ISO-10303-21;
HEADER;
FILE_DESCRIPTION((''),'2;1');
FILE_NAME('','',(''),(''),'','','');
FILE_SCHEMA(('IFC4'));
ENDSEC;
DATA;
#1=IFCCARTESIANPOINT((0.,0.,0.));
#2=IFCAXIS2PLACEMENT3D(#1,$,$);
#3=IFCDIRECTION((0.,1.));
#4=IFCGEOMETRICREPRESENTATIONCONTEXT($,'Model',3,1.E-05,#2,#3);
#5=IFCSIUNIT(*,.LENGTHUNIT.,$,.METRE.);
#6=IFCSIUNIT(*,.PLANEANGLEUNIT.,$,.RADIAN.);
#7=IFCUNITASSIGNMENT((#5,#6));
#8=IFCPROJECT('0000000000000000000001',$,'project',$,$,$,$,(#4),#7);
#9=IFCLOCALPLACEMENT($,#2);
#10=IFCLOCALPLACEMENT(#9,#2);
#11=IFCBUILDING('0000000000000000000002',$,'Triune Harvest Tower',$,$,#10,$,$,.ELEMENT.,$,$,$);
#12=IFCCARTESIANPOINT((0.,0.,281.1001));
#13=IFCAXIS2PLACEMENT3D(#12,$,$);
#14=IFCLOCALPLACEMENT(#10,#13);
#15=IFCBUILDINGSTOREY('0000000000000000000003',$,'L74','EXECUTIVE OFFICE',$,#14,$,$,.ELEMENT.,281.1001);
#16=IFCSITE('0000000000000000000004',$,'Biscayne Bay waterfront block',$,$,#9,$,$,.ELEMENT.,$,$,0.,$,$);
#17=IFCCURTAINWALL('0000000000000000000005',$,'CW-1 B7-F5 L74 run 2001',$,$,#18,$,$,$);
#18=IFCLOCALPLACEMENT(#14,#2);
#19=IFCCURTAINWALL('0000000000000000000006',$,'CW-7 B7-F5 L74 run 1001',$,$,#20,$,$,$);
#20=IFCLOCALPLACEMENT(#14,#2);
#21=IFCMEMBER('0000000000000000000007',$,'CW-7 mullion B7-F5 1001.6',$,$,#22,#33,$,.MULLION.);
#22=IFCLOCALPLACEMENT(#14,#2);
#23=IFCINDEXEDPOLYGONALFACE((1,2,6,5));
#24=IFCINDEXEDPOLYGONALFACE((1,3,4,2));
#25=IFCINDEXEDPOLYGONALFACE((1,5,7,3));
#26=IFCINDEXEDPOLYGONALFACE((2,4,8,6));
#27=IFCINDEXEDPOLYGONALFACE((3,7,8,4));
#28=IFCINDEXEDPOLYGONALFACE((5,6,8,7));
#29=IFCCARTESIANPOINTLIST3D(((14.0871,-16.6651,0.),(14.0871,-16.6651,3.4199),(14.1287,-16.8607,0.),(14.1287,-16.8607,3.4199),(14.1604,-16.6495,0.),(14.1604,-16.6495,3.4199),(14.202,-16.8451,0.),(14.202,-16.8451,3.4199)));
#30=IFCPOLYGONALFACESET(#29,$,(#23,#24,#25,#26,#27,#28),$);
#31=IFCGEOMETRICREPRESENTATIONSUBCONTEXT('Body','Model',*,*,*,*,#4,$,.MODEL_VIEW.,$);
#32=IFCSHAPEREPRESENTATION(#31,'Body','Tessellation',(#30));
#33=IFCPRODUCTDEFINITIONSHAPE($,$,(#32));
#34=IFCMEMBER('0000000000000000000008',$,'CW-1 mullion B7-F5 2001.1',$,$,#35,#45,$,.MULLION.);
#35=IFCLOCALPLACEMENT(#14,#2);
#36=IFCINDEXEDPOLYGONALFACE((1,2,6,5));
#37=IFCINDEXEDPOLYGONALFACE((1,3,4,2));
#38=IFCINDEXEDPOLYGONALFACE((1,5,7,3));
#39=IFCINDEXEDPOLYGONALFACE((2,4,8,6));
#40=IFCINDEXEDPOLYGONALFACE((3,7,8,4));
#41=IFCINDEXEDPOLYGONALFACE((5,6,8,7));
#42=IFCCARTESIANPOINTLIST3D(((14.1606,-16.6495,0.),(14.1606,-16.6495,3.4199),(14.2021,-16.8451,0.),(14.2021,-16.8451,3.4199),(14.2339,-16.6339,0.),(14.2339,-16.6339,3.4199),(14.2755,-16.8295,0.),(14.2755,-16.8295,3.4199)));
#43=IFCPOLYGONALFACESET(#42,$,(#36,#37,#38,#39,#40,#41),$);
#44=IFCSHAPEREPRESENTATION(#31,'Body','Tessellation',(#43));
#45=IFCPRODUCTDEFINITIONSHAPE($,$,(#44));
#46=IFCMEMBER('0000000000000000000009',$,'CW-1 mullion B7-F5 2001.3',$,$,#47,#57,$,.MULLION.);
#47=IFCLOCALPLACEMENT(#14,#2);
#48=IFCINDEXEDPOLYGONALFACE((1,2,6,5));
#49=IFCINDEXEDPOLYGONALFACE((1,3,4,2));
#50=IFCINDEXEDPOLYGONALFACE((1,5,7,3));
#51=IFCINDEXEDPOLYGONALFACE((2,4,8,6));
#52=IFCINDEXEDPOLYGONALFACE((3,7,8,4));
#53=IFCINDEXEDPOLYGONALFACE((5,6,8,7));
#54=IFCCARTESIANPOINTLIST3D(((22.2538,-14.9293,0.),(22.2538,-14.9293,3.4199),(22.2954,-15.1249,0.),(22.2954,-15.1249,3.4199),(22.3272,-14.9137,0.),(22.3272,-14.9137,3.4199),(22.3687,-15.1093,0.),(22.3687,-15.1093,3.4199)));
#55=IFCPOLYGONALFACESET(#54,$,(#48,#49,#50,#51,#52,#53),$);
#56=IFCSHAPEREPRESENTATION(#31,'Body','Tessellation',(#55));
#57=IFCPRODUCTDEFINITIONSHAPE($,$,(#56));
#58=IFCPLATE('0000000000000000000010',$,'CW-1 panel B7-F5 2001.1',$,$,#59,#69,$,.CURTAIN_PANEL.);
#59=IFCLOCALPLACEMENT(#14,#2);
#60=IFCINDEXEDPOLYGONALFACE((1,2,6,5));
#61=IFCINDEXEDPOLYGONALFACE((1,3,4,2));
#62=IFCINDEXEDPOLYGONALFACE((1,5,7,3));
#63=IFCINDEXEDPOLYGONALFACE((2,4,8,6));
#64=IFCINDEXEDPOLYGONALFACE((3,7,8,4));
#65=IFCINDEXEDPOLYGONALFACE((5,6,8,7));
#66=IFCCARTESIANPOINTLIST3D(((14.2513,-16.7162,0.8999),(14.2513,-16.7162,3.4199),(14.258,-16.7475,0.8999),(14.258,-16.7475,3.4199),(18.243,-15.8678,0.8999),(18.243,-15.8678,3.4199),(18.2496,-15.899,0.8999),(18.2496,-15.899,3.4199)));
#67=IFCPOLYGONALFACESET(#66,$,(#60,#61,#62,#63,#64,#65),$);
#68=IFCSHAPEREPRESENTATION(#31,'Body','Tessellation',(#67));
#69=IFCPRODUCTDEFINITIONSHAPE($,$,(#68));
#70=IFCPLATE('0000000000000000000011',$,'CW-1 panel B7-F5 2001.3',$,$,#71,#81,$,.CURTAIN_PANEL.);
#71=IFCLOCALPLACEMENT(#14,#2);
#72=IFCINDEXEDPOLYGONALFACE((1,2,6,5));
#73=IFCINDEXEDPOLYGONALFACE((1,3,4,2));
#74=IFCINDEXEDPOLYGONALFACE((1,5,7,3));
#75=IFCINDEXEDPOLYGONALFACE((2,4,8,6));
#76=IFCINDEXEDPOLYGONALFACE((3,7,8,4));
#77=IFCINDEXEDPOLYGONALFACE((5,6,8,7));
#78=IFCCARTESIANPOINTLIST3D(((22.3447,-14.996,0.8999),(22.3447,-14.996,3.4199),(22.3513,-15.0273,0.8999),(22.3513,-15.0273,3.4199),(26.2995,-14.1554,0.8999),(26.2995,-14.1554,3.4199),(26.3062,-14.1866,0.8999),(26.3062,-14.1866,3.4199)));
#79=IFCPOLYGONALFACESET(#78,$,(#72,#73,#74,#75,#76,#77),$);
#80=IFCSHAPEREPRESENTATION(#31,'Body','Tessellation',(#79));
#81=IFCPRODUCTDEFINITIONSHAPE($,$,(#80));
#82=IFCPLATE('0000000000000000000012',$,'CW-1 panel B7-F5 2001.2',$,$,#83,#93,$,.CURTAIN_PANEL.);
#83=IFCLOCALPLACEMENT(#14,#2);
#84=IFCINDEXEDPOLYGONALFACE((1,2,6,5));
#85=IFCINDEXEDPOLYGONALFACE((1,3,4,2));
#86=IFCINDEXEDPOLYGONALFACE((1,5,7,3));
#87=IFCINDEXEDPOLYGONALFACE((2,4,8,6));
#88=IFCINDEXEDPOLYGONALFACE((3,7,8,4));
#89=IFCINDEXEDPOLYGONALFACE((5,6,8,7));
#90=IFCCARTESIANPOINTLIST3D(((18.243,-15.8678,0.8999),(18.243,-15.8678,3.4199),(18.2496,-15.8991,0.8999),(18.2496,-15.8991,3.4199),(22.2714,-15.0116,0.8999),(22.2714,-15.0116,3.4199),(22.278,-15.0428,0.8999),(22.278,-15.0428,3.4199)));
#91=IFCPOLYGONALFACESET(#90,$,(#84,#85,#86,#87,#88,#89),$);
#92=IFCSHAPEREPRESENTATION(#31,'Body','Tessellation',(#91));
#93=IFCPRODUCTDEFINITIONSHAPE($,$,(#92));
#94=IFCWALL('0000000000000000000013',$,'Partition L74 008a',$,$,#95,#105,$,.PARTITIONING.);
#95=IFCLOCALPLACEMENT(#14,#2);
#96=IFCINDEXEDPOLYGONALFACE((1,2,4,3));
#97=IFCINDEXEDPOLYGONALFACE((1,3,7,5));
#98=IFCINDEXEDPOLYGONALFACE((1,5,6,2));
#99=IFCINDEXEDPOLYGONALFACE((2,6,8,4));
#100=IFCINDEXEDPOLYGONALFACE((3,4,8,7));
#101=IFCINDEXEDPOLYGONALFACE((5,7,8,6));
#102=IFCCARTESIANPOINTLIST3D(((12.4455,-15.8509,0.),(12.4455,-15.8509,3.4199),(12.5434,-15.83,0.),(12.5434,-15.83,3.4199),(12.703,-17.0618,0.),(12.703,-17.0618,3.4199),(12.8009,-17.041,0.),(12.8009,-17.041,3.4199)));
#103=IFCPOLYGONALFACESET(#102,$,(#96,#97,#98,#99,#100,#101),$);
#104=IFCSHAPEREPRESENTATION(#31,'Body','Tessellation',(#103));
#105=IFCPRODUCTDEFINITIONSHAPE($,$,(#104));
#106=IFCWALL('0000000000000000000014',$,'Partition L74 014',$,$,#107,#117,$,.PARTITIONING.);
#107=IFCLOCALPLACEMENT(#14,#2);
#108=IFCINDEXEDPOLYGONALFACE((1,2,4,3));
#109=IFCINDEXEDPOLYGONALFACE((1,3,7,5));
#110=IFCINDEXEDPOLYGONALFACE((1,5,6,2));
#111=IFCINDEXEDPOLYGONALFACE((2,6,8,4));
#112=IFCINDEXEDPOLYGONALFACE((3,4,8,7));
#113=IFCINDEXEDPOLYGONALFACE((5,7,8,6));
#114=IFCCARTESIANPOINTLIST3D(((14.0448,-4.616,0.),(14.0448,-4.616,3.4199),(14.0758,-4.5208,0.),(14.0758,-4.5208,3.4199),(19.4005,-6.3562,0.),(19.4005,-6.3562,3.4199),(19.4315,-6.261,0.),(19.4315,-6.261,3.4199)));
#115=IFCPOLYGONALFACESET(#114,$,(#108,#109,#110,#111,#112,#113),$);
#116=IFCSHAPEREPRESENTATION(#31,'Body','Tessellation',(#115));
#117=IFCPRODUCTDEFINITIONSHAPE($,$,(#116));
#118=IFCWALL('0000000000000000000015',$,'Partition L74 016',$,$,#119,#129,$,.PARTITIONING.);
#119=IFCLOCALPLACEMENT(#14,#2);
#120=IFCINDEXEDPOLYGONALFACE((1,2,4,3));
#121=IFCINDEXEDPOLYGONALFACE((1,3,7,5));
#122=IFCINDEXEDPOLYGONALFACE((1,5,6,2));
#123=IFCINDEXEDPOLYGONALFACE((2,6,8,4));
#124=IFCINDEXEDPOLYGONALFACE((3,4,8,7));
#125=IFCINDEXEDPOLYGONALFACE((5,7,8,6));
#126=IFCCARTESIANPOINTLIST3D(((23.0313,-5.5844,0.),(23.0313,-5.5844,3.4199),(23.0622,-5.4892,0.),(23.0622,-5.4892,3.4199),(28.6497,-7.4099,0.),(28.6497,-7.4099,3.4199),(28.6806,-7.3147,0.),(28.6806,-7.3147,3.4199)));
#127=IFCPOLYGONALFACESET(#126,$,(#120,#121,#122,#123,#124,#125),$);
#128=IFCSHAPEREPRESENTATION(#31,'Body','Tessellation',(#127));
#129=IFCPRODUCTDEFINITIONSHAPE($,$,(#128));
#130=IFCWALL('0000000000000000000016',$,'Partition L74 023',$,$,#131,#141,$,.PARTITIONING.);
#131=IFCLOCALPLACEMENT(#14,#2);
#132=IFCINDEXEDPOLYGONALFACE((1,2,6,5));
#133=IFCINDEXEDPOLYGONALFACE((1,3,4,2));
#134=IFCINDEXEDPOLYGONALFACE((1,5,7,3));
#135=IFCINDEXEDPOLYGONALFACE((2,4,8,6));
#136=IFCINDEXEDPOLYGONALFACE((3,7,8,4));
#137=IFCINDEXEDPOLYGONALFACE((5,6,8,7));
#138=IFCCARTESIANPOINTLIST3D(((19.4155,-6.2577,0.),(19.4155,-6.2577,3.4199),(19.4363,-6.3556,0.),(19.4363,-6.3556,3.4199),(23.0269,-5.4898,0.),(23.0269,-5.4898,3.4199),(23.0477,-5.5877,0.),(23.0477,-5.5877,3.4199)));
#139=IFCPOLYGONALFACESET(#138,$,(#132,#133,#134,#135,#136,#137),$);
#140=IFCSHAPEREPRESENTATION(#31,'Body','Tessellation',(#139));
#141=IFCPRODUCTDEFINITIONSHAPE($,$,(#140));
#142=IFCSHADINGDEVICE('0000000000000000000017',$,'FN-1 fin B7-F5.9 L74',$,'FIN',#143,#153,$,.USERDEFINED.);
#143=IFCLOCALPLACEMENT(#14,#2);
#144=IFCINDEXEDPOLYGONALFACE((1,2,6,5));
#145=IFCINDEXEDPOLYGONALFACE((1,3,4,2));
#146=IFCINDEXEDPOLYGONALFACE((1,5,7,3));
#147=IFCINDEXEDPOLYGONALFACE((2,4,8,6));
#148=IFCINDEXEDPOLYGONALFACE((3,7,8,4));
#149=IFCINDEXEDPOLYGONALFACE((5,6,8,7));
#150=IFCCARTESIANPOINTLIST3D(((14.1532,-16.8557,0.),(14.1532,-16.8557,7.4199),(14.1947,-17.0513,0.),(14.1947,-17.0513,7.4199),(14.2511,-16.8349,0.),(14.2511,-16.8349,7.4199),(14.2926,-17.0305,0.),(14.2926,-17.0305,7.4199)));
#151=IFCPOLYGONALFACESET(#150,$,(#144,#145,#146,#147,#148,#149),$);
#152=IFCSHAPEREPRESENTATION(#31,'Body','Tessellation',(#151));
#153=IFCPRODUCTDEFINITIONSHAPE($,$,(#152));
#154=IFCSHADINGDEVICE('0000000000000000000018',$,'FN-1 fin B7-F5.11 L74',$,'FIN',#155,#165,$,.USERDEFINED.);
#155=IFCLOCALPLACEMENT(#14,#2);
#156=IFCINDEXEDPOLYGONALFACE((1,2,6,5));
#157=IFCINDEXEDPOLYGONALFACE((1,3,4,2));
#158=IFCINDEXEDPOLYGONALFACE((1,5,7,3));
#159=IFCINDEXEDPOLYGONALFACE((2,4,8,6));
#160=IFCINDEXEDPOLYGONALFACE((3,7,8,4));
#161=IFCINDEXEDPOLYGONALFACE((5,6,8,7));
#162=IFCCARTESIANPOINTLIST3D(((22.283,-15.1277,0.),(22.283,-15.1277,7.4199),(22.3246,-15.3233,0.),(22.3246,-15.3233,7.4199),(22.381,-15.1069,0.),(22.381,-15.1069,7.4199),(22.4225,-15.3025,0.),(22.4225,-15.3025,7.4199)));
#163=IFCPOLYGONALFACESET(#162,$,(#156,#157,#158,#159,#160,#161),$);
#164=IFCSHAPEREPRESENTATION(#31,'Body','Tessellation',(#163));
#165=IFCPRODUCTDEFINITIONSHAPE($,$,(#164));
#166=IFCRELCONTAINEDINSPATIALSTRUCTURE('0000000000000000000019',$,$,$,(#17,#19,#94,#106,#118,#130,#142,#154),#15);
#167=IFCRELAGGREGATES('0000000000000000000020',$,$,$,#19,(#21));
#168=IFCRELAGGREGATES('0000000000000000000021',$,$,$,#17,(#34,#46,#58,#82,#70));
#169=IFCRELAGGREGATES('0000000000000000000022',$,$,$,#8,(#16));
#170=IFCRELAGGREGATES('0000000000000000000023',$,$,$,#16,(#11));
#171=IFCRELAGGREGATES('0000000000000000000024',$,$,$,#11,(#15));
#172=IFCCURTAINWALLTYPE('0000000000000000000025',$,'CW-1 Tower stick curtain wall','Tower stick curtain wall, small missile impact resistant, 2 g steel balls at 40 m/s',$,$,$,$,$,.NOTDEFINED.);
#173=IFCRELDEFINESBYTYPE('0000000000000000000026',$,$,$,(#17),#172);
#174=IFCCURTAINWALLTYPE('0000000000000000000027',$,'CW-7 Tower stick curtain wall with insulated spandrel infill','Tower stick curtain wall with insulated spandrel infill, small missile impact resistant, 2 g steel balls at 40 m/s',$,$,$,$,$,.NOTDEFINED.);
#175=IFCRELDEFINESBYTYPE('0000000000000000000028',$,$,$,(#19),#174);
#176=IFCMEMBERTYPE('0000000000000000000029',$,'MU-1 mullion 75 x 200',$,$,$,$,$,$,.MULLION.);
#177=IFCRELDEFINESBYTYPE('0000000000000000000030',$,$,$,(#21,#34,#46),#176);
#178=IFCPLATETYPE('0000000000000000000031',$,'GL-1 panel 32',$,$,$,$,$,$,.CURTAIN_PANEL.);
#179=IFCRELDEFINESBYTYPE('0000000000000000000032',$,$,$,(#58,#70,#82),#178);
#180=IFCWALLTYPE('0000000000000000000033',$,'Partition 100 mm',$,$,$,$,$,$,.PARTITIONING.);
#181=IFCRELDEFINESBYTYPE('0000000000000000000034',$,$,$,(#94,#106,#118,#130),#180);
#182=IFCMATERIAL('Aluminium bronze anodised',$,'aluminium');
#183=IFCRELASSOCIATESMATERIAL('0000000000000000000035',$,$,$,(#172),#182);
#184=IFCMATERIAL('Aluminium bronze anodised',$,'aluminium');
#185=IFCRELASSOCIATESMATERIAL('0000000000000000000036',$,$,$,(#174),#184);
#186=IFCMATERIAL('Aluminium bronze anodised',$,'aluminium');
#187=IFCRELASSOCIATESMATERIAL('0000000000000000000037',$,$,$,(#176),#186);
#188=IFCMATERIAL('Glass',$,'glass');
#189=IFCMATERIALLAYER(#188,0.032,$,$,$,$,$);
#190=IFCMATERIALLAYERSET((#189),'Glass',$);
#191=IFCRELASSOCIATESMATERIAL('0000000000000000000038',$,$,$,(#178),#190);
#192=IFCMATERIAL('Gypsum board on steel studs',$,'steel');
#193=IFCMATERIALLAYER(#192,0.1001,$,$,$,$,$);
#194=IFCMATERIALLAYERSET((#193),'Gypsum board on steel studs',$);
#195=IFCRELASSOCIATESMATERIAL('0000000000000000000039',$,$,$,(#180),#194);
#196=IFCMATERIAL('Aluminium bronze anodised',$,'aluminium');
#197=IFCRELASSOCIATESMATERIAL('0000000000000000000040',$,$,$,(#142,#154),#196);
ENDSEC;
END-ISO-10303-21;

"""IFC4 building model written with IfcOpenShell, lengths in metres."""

from ifc_helpers import new_model, si_unit, direction, frame, frame_2d, origin, origin_2d, place, context, subcontext, project, spatial, rectangle, extrude, source, transform, mapped, material, layer, layer_set, material_profile, profile_set, type_object, element, aggregate, save


model = new_model("IFC4")

# Units and contexts
model_context = context("Model", 3, precision=1e-05, world=origin(), true_north=direction((0.0, 1.0)))
body_context = subcontext(model_context, "Body", "Model", "MODEL_VIEW")
ifc_project = project(units=[si_unit("LENGTHUNIT", "METRE"), si_unit("PLANEANGLEUNIT", "RADIAN")], contexts=[model_context])

# Site, building, storey
site_placement = place(None, origin())
site = spatial("IfcSite", under=ifc_project, at=site_placement, Name="Biscayne Bay waterfront block", CompositionType="ELEMENT", RefElevation=0.0)
building_placement = place(site_placement, origin())
building = spatial("IfcBuilding", under=site, at=building_placement, Name="Triune Harvest Tower", CompositionType="ELEMENT")
storey_placement = place(building_placement, frame((0.0, 0.0, 281.1001)))
storey = spatial("IfcBuildingStorey", under=building, at=storey_placement, Name="L74", Description="EXECUTIVE OFFICE", CompositionType="ELEMENT", Elevation=281.1001)

# Curtain wall
ifc_material_1 = material(Name="Aluminium bronze anodised", Category="aluminium")
curtain_wall_type_1 = type_object("IfcCurtainWallType", Name="CW-1 Tower stick curtain wall", Description="Tower stick curtain wall, small missile impact resistant, 2 g steel balls at 40 m/s", PredefinedType="NOTDEFINED", material=ifc_material_1)
curtain_wall_1_placement = place(storey_placement, origin())
curtain_wall_1 = element("IfcCurtainWall", 1, at=curtain_wall_1_placement, inside=storey, type_object=curtain_wall_type_1, Name="CW-1 B7-F5 L74 run 2001")

# Curtain wall, member
ifc_material_2 = material(Name="Aluminium bronze anodised", Category="aluminium")
curtain_wall_type_2 = type_object("IfcCurtainWallType", Name="CW-7 Tower stick curtain wall with insulated spandrel infill", Description="Tower stick curtain wall with insulated spandrel infill, small missile impact resistant, 2 g steel balls at 40 m/s", PredefinedType="NOTDEFINED", material=ifc_material_2)
curtain_wall_2_placement = place(storey_placement, origin())
curtain_wall_2 = element("IfcCurtainWall", 2, at=curtain_wall_2_placement, inside=storey, type_object=curtain_wall_type_2, Name="CW-7 B7-F5 L74 run 1001")
ifc_material_3 = material(Name="Aluminium bronze anodised", Category="aluminium")
ifc_material_profile_1 = material_profile(ifc_material_3, rectangle(XDim=0.2, YDim=0.075, at=origin_2d()), Name="MU-1 mullion 75 x 200")
ifc_profile_set_1 = profile_set([ifc_material_profile_1], Name="Aluminium bronze anodised")
member_type_1 = type_object("IfcMemberType", Name="MU-1 mullion 75 x 200", PredefinedType="MULLION", material=ifc_profile_set_1)
shared_shape_1 = source(origin(), body_context, "Body", "SweptSolid", [
    extrude(rectangle(XDim=0.2, YDim=0.075, at=origin_2d()), origin(), (0.0, 0.0, 1.0), 3.4199),
])
member_1_placement = place(storey_placement, frame((14.1445, -16.7551, 0.0), z_axis=(0.0, 0.0, 1.0), x_axis=(-0.207913, 0.978147, 0.0)))
member_1 = element("IfcMember", 3, at=member_1_placement, type_object=member_type_1, Name="CW-7 mullion B7-F5 1001.6", PredefinedType="MULLION", context=body_context, shape_type="MappedRepresentation", body=[
    mapped(shared_shape_1, transform((0.0, 0.0, 0.0), scale=1.0)),
])
aggregate(curtain_wall_2, [member_1])

# Members
member_2_placement = place(storey_placement, frame((14.218, -16.7395, 0.0), z_axis=(0.0, 0.0, 1.0), x_axis=(-0.207909, 0.978148, 0.0)))
member_2 = element("IfcMember", 4, at=member_2_placement, type_object=member_type_1, Name="CW-1 mullion B7-F5 2001.1", PredefinedType="MULLION", context=body_context, shape_type="MappedRepresentation", body=[
    mapped(shared_shape_1, transform((0.0, 0.0, 0.0), scale=1.0)),
])
member_3_placement = place(storey_placement, frame((22.3113, -15.0193, 0.0), z_axis=(0.0, 0.0, 1.0), x_axis=(-0.207909, 0.978148, 0.0)))
member_3 = element("IfcMember", 5, at=member_3_placement, type_object=member_type_1, Name="CW-1 mullion B7-F5 2001.3", PredefinedType="MULLION", context=body_context, shape_type="MappedRepresentation", body=[
    mapped(shared_shape_1, transform((0.0, 0.0, 0.0), scale=1.0)),
])

# Plates
ifc_material_4 = material(Name="Glass", Category="glass")
ifc_layer_1 = layer(ifc_material_4, 0.032)
ifc_layer_set_1 = layer_set([ifc_layer_1], Name="Glass")
plate_type = type_object("IfcPlateType", Name="GL-1 panel 32", PredefinedType="CURTAIN_PANEL", material=ifc_layer_set_1)
shared_shape_2 = source(origin(), body_context, "Body", "SweptSolid", [
    extrude(rectangle(XDim=4.0808, YDim=0.032, at=origin_2d()), origin(), (0.0, 0.0, 1.0), 2.52),
])
plate_1_placement = place(storey_placement, frame((16.2505, -16.3076, 0.8999), z_axis=(0.0, 0.0, 1.0), x_axis=(0.978148, 0.207909, 0.0)))
plate_1 = element("IfcPlate", 6, at=plate_1_placement, type_object=plate_type, Name="CW-1 panel B7-F5 2001.1", PredefinedType="CURTAIN_PANEL", context=body_context, shape_type="MappedRepresentation", body=[
    mapped(shared_shape_2, transform((0.0, 0.0, 0.0), scale=1.0)),
])
shared_shape_3 = source(origin(), body_context, "Body", "SweptSolid", [
    extrude(rectangle(XDim=4.0432, YDim=0.032, at=origin_2d()), origin(), (0.0, 0.0, 1.0), 2.52),
])
plate_2_placement = place(storey_placement, frame((24.3254, -14.5913, 0.8999), z_axis=(0.0, 0.0, 1.0), x_axis=(0.978148, 0.207909, 0.0)))
plate_2 = element("IfcPlate", 7, at=plate_2_placement, type_object=plate_type, Name="CW-1 panel B7-F5 2001.3", PredefinedType="CURTAIN_PANEL", context=body_context, shape_type="MappedRepresentation", body=[
    mapped(shared_shape_3, transform((0.0, 0.0, 0.0), scale=1.0)),
])
shared_shape_4 = source(origin(), body_context, "Body", "SweptSolid", [
    extrude(rectangle(XDim=4.1184, YDim=0.032, at=origin_2d()), origin(), (0.0, 0.0, 1.0), 2.52),
])
plate_3_placement = place(storey_placement, frame((20.2605, -15.4553, 0.8999), z_axis=(0.0, 0.0, 1.0), x_axis=(0.978148, 0.207909, 0.0)))
plate_3 = element("IfcPlate", 8, at=plate_3_placement, type_object=plate_type, Name="CW-1 panel B7-F5 2001.2", PredefinedType="CURTAIN_PANEL", context=body_context, shape_type="MappedRepresentation", body=[
    mapped(shared_shape_4, transform((0.0, 0.0, 0.0), scale=1.0)),
])
aggregate(curtain_wall_1, [member_2, member_3, plate_1, plate_3, plate_2])

# Walls
ifc_material_5 = material(Name="Gypsum board on steel studs", Category="steel")
ifc_layer_2 = layer(ifc_material_5, 0.1001)
ifc_layer_set_2 = layer_set([ifc_layer_2], Name="Gypsum board on steel studs")
wall_type = type_object("IfcWallType", Name="Partition 100 mm", PredefinedType="PARTITIONING", material=ifc_layer_set_2)
wall_1_placement = place(storey_placement, frame((12.4944, -15.8403, 0.0), z_axis=(0.0, 0.0, 1.0), x_axis=(0.208047, -0.978119, 0.0)))
element("IfcWall", 9, at=wall_1_placement, inside=storey, type_object=wall_type, Name="Partition L74 008a", PredefinedType="PARTITIONING", context=body_context, shape_type="SweptSolid", body=[
    extrude(rectangle(XDim=1.238, YDim=0.1001, at=frame_2d((0.6191, 0.0))), origin(), (0.0, 0.0, 1.0), 3.4199),
])
wall_2_placement = place(storey_placement, frame((14.0603, -4.5684, 0.0), z_axis=(0.0, 0.0, 1.0), x_axis=(0.951054, -0.309026, 0.0)))
element("IfcWall", 10, at=wall_2_placement, inside=storey, type_object=wall_type, Name="Partition L74 014", PredefinedType="PARTITIONING", context=body_context, shape_type="SweptSolid", body=[
    extrude(rectangle(XDim=5.6313, YDim=0.1001, at=frame_2d((2.8157, 0.0))), origin(), (0.0, 0.0, 1.0), 3.4199),
])
wall_3_placement = place(storey_placement, frame((23.0469, -5.5369, 0.0), z_axis=(0.0, 0.0, 1.0), x_axis=(0.951061, -0.309003, 0.0)))
element("IfcWall", 11, at=wall_3_placement, inside=storey, type_object=wall_type, Name="Partition L74 016", PredefinedType="PARTITIONING", context=body_context, shape_type="SweptSolid", body=[
    extrude(rectangle(XDim=5.9075, YDim=0.1001, at=frame_2d((2.9536, 0.0))), origin(), (0.0, 0.0, 1.0), 3.4199),
])
wall_4_placement = place(storey_placement, frame((19.4258, -6.3066, 0.0), z_axis=(0.0, 0.0, 1.0), x_axis=(0.978136, 0.207966, 0.0)))
element("IfcWall", 12, at=wall_4_placement, inside=storey, type_object=wall_type, Name="Partition L74 023", PredefinedType="PARTITIONING", context=body_context, shape_type="SweptSolid", body=[
    extrude(rectangle(XDim=3.6921, YDim=0.1001, at=frame_2d((1.8462, 0.0))), origin(), (0.0, 0.0, 1.0), 3.4199),
])

# Shading devices
ifc_material_6 = material(Name="Aluminium bronze anodised", Category="aluminium")
shared_shape_5 = source(origin(), body_context, "Body", "SweptSolid", [
    extrude(rectangle(XDim=0.1001, YDim=0.2, at=origin_2d()), origin(), (0.0, 0.0, 1.0), 7.4199),
])
for number, where, z_axis, x_axis, name in (
    (13, (14.2229, -16.9431, 0.0), (0.0, 0.0, 1.0), (0.978148, 0.207911, 0.0), "FN-1 fin B7-F5.9 L74"),
    (14, (22.3528, -15.2151, 0.0), (0.0, 0.0, 1.0), (0.978148, 0.207911, 0.0), "FN-1 fin B7-F5.11 L74"),
):
    element("IfcShadingDevice", number, at=place(storey_placement, frame(where, z_axis=z_axis, x_axis=x_axis)), inside=storey, material=ifc_material_6, Name=name, ObjectType="FIN", PredefinedType="USERDEFINED", context=body_context, shape_type="MappedRepresentation", body=[
        mapped(shared_shape_5, transform((0.0, 0.0, 0.0), scale=1.0)),
    ])

save(model, "model.ifc")
